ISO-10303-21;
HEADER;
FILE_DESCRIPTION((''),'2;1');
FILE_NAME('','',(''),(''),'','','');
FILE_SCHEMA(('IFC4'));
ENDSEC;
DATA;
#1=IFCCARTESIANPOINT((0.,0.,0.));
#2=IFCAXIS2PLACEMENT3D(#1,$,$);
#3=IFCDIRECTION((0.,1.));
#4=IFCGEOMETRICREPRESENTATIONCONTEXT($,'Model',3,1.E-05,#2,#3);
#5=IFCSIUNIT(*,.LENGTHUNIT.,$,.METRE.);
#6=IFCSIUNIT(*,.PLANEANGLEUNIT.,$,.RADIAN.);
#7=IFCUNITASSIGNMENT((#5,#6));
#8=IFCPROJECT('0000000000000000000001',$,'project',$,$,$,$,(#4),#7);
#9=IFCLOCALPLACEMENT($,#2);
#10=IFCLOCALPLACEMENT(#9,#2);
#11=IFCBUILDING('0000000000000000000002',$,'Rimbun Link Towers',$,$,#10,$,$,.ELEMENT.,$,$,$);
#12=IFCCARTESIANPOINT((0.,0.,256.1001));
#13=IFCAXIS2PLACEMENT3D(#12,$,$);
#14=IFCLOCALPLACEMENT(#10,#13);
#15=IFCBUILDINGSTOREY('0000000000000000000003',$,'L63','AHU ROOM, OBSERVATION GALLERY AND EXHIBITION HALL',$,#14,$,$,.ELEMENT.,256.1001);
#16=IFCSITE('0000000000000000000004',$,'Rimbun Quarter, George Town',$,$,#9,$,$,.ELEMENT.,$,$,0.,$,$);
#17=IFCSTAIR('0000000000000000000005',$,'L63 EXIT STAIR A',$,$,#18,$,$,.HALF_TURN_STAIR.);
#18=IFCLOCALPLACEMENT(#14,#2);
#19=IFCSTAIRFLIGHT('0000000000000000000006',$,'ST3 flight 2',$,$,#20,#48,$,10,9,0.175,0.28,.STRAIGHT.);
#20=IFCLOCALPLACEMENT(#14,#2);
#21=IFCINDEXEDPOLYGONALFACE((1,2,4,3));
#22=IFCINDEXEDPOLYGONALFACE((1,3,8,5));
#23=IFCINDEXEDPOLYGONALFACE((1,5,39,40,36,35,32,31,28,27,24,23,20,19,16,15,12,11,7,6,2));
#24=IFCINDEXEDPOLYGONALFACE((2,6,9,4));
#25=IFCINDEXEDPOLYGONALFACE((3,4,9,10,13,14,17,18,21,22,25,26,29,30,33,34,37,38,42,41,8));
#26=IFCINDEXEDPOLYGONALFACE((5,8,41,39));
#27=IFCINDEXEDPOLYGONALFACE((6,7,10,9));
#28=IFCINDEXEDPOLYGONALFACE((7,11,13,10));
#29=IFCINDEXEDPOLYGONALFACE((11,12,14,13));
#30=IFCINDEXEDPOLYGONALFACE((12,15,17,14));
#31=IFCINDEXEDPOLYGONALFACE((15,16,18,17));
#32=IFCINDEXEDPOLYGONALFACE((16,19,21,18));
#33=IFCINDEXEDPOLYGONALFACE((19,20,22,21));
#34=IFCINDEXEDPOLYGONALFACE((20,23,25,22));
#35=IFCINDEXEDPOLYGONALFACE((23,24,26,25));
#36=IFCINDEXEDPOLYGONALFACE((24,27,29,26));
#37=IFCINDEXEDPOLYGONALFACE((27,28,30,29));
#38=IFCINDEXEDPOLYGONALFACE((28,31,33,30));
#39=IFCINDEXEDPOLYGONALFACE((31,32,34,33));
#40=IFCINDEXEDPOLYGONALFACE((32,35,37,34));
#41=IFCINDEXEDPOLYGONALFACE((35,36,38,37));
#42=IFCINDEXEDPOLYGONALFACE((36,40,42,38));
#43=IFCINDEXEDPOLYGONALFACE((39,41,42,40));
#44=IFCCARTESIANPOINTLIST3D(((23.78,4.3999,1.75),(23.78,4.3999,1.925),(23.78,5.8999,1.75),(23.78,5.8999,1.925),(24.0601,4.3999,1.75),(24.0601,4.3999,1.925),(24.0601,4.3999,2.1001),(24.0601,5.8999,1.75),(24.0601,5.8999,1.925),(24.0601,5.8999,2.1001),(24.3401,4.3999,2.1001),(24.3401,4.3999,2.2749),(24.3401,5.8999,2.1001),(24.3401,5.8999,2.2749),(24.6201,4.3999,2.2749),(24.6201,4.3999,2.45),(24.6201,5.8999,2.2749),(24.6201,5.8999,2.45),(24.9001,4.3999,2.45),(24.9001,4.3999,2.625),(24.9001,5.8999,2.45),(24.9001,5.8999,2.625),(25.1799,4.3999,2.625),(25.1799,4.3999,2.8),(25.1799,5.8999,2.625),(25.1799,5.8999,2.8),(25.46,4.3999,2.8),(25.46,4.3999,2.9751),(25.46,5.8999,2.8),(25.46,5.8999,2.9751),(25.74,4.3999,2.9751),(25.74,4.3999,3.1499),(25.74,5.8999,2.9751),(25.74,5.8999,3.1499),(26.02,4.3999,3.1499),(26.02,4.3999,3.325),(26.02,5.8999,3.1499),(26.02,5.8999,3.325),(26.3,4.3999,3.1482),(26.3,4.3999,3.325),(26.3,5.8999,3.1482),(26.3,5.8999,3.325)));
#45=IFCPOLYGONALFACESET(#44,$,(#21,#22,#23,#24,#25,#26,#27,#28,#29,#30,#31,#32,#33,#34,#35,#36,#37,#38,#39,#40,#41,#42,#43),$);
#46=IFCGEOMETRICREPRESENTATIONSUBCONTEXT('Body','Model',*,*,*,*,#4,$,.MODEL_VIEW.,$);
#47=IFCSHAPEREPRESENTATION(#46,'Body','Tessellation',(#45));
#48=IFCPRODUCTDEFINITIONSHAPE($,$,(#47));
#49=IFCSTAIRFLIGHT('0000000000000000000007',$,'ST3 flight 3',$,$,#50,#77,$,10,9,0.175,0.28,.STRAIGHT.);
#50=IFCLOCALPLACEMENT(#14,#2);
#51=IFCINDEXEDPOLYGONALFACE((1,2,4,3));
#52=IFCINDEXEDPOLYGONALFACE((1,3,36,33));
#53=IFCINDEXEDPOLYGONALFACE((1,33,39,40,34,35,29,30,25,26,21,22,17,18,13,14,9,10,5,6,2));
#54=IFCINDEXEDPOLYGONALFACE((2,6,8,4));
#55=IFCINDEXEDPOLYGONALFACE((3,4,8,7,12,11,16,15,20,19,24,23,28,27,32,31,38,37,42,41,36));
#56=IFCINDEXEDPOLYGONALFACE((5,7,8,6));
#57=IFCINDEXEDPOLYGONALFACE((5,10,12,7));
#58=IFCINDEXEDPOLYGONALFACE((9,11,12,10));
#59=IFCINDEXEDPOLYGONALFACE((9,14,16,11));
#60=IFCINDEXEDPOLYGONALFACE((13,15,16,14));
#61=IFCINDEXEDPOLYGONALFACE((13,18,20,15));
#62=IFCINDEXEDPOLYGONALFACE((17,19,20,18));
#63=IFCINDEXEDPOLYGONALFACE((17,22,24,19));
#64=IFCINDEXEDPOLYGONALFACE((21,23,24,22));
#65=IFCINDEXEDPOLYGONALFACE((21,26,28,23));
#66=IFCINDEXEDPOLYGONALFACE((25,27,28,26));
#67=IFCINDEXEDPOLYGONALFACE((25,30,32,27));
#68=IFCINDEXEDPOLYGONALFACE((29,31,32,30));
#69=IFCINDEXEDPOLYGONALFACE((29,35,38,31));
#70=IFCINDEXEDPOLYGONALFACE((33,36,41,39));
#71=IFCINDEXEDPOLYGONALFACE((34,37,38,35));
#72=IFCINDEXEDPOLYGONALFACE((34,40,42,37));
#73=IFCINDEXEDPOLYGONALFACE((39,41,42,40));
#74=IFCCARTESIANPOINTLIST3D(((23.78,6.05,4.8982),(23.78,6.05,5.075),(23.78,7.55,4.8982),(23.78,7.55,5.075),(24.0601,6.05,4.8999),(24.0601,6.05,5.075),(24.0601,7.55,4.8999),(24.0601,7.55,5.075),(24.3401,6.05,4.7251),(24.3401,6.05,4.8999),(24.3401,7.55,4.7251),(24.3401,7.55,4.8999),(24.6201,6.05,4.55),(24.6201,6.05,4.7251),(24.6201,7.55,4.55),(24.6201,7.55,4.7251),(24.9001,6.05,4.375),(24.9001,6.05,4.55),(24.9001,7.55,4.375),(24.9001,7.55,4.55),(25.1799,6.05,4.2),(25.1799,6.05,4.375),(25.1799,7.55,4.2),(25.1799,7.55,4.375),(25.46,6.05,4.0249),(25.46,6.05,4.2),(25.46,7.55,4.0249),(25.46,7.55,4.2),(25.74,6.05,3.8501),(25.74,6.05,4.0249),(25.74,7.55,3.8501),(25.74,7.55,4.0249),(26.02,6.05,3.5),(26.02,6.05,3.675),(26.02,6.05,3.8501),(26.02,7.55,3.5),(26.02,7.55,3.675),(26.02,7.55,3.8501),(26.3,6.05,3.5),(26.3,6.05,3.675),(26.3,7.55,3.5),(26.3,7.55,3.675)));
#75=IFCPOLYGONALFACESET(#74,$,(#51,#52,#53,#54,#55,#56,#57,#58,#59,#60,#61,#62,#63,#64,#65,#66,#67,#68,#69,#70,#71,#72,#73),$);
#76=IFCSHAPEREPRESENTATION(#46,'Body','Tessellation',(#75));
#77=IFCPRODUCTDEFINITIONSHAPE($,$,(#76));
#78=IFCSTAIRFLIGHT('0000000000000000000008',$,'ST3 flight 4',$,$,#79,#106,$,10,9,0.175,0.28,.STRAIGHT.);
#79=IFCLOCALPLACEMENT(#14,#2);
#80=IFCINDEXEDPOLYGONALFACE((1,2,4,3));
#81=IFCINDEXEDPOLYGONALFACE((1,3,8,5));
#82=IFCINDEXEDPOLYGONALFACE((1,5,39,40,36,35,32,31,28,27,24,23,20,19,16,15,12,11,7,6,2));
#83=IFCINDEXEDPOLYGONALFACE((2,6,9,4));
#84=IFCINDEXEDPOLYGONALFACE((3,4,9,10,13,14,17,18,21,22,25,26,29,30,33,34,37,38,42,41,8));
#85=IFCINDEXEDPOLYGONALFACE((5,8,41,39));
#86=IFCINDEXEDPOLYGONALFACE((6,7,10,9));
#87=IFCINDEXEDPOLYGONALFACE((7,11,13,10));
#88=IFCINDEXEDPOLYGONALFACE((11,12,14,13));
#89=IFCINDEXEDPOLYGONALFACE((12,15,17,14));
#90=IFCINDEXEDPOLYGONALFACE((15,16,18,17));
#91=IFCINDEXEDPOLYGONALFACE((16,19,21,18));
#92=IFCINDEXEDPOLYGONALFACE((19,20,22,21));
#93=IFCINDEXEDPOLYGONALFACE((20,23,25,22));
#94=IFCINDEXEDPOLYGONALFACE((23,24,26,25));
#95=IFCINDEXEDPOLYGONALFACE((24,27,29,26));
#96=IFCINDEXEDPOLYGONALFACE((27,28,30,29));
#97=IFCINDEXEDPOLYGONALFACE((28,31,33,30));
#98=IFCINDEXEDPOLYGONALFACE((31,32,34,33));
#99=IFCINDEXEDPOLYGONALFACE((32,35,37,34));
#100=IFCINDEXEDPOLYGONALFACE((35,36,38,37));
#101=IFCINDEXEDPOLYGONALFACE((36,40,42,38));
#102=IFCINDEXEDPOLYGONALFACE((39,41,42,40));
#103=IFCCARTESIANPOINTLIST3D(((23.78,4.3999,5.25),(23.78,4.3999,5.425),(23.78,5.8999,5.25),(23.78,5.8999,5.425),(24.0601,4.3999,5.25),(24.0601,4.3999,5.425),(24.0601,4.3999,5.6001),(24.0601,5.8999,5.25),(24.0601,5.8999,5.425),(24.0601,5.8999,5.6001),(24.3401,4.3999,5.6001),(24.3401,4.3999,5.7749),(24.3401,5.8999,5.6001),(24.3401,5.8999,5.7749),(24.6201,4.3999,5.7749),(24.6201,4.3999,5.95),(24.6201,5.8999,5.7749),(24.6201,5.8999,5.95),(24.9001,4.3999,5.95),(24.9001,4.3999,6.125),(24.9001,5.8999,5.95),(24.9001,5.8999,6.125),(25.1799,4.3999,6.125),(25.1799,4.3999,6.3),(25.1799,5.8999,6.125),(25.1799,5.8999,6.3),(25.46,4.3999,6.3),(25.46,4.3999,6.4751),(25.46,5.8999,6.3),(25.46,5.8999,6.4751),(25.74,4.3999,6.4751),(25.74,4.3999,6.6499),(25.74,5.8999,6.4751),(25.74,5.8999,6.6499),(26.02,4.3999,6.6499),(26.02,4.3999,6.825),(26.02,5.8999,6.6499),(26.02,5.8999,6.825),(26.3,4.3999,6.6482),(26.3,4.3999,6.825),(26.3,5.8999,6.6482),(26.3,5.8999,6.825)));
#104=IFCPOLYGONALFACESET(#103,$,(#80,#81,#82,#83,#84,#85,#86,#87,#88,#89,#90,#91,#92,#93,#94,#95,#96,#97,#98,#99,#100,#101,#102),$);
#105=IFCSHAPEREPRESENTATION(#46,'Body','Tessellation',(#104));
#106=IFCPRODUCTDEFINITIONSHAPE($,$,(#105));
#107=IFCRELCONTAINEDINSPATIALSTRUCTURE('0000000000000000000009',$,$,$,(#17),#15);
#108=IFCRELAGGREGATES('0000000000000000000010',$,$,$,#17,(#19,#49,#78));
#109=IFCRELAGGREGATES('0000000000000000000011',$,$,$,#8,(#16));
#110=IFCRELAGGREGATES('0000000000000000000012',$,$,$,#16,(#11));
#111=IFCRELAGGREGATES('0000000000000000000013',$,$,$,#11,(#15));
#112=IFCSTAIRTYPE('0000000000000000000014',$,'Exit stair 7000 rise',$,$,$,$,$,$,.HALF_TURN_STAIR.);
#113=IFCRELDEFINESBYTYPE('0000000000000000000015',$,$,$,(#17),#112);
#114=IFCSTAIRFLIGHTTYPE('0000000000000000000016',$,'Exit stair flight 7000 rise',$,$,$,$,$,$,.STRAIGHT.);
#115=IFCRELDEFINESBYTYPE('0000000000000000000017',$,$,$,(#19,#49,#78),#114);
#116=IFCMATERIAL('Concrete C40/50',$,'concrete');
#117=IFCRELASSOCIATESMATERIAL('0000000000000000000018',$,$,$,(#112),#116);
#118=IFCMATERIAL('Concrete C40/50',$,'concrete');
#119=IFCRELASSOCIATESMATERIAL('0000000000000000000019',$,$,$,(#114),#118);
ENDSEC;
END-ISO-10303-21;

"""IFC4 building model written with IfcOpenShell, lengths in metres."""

from ifc_helpers import new_model, si_unit, direction, frame, origin, place, context, subcontext, project, spatial, polyline, outline, extrude, material, type_object, element, aggregate, save


model = new_model("IFC4")

# Units and contexts
model_context = context("Model", 3, precision=1e-05, world=origin(), true_north=direction((0.0, 1.0)))
body_context = subcontext(model_context, "Body", "Model", "MODEL_VIEW")
ifc_project = project(units=[si_unit("LENGTHUNIT", "METRE"), si_unit("PLANEANGLEUNIT", "RADIAN")], contexts=[model_context])

# Site, building, storey
site_placement = place(None, origin())
site = spatial("IfcSite", under=ifc_project, at=site_placement, Name="Rimbun Quarter, George Town", CompositionType="ELEMENT", RefElevation=0.0)
building_placement = place(site_placement, origin())
building = spatial("IfcBuilding", under=site, at=building_placement, Name="Rimbun Link Towers", CompositionType="ELEMENT")
storey_placement = place(building_placement, frame((0.0, 0.0, 256.1001)))
storey = spatial("IfcBuildingStorey", under=building, at=storey_placement, Name="L63", Description="AHU ROOM, OBSERVATION GALLERY AND EXHIBITION HALL", CompositionType="ELEMENT", Elevation=256.1001)

# Stair, stair flights
ifc_material_1 = material(Name="Concrete C40/50", Category="concrete")
stair_type = type_object("IfcStairType", Name="Exit stair 7000 rise", PredefinedType="HALF_TURN_STAIR", material=ifc_material_1)
stair_placement = place(storey_placement, origin())
stair = element("IfcStair", 1, at=stair_placement, inside=storey, type_object=stair_type, Name="L63 EXIT STAIR A", PredefinedType="HALF_TURN_STAIR")
ifc_material_2 = material(Name="Concrete C40/50", Category="concrete")
stair_flight_type = type_object("IfcStairFlightType", Name="Exit stair flight 7000 rise", PredefinedType="STRAIGHT", material=ifc_material_2)
stair_flight_1_placement = place(storey_placement, frame((23.78, 5.1499, 1.75), z_axis=(0.0, 0.0, 1.0), x_axis=(1.0, 0.0, 0.0)))
stair_flight_1 = element("IfcStairFlight", 2, at=stair_flight_1_placement, type_object=stair_flight_type, Name="ST3 flight 2", NumberOfRisers=10, NumberOfTreads=9, PredefinedType="STRAIGHT", RiserHeight=0.175, TreadLength=0.28, context=body_context, shape_type="SweptSolid", body=[
    extrude(outline(polyline([(0.0, 0.0), (0.0, 0.175), (0.28, 0.175), (0.28, 0.3501), (0.5601, 0.3501), (0.5601, 0.5249), (0.8401, 0.5249), (0.8401, 0.7), (1.1201, 0.7), (1.1201, 0.875), (1.3999, 0.875), (1.3999, 1.05), (1.6799, 1.05), (1.6799, 1.2251), (1.96, 1.2251), (1.96, 1.3999), (2.24, 1.3999), (2.24, 1.575), (2.52, 1.575), (2.52, 1.75), (2.52, 1.3982), (0.28, 0.0), (0.0, 0.0)])), frame((0.0, 0.75, 0.0), z_axis=(0.0, -1.0, 0.0), x_axis=(1.0, 0.0, 0.0)), (0.0, 0.0, 1.0), 1.5),
])
stair_flight_2_placement = place(storey_placement, frame((26.3, 6.8, 3.5), z_axis=(0.0, 0.0, 1.0), x_axis=(-1.0, 0.0, 0.0)))
stair_flight_2 = element("IfcStairFlight", 3, at=stair_flight_2_placement, type_object=stair_flight_type, Name="ST3 flight 3", NumberOfRisers=10, NumberOfTreads=9, PredefinedType="STRAIGHT", RiserHeight=0.175, TreadLength=0.28, context=body_context, shape_type="SweptSolid", body=[
    extrude(outline(polyline([(0.0, 0.0), (0.0, 0.175), (0.28, 0.175), (0.28, 0.3501), (0.5601, 0.3501), (0.5601, 0.5249), (0.8401, 0.5249), (0.8401, 0.7), (1.1201, 0.7), (1.1201, 0.875), (1.3999, 0.875), (1.3999, 1.05), (1.6799, 1.05), (1.6799, 1.2251), (1.96, 1.2251), (1.96, 1.3999), (2.24, 1.3999), (2.24, 1.575), (2.52, 1.575), (2.52, 1.75), (2.52, 1.3982), (0.28, 0.0), (0.0, 0.0)])), frame((0.0, 0.75, 0.0), z_axis=(0.0, -1.0, 0.0), x_axis=(1.0, 0.0, 0.0)), (0.0, 0.0, 1.0), 1.5),
])
stair_flight_3_placement = place(storey_placement, frame((23.78, 5.1499, 5.25), z_axis=(0.0, 0.0, 1.0), x_axis=(1.0, 0.0, 0.0)))
stair_flight_3 = element("IfcStairFlight", 4, at=stair_flight_3_placement, type_object=stair_flight_type, Name="ST3 flight 4", NumberOfRisers=10, NumberOfTreads=9, PredefinedType="STRAIGHT", RiserHeight=0.175, TreadLength=0.28, context=body_context, shape_type="SweptSolid", body=[
    extrude(outline(polyline([(0.0, 0.0), (0.0, 0.175), (0.28, 0.175), (0.28, 0.3501), (0.5601, 0.3501), (0.5601, 0.5249), (0.8401, 0.5249), (0.8401, 0.7), (1.1201, 0.7), (1.1201, 0.875), (1.3999, 0.875), (1.3999, 1.05), (1.6799, 1.05), (1.6799, 1.2251), (1.96, 1.2251), (1.96, 1.3999), (2.24, 1.3999), (2.24, 1.575), (2.52, 1.575), (2.52, 1.75), (2.52, 1.3982), (0.28, 0.0), (0.0, 0.0)])), frame((0.0, 0.75, 0.0), z_axis=(0.0, -1.0, 0.0), x_axis=(1.0, 0.0, 0.0)), (0.0, 0.0, 1.0), 1.5),
])
aggregate(stair, [stair_flight_1, stair_flight_2, stair_flight_3])

save(model, "model.ifc")
